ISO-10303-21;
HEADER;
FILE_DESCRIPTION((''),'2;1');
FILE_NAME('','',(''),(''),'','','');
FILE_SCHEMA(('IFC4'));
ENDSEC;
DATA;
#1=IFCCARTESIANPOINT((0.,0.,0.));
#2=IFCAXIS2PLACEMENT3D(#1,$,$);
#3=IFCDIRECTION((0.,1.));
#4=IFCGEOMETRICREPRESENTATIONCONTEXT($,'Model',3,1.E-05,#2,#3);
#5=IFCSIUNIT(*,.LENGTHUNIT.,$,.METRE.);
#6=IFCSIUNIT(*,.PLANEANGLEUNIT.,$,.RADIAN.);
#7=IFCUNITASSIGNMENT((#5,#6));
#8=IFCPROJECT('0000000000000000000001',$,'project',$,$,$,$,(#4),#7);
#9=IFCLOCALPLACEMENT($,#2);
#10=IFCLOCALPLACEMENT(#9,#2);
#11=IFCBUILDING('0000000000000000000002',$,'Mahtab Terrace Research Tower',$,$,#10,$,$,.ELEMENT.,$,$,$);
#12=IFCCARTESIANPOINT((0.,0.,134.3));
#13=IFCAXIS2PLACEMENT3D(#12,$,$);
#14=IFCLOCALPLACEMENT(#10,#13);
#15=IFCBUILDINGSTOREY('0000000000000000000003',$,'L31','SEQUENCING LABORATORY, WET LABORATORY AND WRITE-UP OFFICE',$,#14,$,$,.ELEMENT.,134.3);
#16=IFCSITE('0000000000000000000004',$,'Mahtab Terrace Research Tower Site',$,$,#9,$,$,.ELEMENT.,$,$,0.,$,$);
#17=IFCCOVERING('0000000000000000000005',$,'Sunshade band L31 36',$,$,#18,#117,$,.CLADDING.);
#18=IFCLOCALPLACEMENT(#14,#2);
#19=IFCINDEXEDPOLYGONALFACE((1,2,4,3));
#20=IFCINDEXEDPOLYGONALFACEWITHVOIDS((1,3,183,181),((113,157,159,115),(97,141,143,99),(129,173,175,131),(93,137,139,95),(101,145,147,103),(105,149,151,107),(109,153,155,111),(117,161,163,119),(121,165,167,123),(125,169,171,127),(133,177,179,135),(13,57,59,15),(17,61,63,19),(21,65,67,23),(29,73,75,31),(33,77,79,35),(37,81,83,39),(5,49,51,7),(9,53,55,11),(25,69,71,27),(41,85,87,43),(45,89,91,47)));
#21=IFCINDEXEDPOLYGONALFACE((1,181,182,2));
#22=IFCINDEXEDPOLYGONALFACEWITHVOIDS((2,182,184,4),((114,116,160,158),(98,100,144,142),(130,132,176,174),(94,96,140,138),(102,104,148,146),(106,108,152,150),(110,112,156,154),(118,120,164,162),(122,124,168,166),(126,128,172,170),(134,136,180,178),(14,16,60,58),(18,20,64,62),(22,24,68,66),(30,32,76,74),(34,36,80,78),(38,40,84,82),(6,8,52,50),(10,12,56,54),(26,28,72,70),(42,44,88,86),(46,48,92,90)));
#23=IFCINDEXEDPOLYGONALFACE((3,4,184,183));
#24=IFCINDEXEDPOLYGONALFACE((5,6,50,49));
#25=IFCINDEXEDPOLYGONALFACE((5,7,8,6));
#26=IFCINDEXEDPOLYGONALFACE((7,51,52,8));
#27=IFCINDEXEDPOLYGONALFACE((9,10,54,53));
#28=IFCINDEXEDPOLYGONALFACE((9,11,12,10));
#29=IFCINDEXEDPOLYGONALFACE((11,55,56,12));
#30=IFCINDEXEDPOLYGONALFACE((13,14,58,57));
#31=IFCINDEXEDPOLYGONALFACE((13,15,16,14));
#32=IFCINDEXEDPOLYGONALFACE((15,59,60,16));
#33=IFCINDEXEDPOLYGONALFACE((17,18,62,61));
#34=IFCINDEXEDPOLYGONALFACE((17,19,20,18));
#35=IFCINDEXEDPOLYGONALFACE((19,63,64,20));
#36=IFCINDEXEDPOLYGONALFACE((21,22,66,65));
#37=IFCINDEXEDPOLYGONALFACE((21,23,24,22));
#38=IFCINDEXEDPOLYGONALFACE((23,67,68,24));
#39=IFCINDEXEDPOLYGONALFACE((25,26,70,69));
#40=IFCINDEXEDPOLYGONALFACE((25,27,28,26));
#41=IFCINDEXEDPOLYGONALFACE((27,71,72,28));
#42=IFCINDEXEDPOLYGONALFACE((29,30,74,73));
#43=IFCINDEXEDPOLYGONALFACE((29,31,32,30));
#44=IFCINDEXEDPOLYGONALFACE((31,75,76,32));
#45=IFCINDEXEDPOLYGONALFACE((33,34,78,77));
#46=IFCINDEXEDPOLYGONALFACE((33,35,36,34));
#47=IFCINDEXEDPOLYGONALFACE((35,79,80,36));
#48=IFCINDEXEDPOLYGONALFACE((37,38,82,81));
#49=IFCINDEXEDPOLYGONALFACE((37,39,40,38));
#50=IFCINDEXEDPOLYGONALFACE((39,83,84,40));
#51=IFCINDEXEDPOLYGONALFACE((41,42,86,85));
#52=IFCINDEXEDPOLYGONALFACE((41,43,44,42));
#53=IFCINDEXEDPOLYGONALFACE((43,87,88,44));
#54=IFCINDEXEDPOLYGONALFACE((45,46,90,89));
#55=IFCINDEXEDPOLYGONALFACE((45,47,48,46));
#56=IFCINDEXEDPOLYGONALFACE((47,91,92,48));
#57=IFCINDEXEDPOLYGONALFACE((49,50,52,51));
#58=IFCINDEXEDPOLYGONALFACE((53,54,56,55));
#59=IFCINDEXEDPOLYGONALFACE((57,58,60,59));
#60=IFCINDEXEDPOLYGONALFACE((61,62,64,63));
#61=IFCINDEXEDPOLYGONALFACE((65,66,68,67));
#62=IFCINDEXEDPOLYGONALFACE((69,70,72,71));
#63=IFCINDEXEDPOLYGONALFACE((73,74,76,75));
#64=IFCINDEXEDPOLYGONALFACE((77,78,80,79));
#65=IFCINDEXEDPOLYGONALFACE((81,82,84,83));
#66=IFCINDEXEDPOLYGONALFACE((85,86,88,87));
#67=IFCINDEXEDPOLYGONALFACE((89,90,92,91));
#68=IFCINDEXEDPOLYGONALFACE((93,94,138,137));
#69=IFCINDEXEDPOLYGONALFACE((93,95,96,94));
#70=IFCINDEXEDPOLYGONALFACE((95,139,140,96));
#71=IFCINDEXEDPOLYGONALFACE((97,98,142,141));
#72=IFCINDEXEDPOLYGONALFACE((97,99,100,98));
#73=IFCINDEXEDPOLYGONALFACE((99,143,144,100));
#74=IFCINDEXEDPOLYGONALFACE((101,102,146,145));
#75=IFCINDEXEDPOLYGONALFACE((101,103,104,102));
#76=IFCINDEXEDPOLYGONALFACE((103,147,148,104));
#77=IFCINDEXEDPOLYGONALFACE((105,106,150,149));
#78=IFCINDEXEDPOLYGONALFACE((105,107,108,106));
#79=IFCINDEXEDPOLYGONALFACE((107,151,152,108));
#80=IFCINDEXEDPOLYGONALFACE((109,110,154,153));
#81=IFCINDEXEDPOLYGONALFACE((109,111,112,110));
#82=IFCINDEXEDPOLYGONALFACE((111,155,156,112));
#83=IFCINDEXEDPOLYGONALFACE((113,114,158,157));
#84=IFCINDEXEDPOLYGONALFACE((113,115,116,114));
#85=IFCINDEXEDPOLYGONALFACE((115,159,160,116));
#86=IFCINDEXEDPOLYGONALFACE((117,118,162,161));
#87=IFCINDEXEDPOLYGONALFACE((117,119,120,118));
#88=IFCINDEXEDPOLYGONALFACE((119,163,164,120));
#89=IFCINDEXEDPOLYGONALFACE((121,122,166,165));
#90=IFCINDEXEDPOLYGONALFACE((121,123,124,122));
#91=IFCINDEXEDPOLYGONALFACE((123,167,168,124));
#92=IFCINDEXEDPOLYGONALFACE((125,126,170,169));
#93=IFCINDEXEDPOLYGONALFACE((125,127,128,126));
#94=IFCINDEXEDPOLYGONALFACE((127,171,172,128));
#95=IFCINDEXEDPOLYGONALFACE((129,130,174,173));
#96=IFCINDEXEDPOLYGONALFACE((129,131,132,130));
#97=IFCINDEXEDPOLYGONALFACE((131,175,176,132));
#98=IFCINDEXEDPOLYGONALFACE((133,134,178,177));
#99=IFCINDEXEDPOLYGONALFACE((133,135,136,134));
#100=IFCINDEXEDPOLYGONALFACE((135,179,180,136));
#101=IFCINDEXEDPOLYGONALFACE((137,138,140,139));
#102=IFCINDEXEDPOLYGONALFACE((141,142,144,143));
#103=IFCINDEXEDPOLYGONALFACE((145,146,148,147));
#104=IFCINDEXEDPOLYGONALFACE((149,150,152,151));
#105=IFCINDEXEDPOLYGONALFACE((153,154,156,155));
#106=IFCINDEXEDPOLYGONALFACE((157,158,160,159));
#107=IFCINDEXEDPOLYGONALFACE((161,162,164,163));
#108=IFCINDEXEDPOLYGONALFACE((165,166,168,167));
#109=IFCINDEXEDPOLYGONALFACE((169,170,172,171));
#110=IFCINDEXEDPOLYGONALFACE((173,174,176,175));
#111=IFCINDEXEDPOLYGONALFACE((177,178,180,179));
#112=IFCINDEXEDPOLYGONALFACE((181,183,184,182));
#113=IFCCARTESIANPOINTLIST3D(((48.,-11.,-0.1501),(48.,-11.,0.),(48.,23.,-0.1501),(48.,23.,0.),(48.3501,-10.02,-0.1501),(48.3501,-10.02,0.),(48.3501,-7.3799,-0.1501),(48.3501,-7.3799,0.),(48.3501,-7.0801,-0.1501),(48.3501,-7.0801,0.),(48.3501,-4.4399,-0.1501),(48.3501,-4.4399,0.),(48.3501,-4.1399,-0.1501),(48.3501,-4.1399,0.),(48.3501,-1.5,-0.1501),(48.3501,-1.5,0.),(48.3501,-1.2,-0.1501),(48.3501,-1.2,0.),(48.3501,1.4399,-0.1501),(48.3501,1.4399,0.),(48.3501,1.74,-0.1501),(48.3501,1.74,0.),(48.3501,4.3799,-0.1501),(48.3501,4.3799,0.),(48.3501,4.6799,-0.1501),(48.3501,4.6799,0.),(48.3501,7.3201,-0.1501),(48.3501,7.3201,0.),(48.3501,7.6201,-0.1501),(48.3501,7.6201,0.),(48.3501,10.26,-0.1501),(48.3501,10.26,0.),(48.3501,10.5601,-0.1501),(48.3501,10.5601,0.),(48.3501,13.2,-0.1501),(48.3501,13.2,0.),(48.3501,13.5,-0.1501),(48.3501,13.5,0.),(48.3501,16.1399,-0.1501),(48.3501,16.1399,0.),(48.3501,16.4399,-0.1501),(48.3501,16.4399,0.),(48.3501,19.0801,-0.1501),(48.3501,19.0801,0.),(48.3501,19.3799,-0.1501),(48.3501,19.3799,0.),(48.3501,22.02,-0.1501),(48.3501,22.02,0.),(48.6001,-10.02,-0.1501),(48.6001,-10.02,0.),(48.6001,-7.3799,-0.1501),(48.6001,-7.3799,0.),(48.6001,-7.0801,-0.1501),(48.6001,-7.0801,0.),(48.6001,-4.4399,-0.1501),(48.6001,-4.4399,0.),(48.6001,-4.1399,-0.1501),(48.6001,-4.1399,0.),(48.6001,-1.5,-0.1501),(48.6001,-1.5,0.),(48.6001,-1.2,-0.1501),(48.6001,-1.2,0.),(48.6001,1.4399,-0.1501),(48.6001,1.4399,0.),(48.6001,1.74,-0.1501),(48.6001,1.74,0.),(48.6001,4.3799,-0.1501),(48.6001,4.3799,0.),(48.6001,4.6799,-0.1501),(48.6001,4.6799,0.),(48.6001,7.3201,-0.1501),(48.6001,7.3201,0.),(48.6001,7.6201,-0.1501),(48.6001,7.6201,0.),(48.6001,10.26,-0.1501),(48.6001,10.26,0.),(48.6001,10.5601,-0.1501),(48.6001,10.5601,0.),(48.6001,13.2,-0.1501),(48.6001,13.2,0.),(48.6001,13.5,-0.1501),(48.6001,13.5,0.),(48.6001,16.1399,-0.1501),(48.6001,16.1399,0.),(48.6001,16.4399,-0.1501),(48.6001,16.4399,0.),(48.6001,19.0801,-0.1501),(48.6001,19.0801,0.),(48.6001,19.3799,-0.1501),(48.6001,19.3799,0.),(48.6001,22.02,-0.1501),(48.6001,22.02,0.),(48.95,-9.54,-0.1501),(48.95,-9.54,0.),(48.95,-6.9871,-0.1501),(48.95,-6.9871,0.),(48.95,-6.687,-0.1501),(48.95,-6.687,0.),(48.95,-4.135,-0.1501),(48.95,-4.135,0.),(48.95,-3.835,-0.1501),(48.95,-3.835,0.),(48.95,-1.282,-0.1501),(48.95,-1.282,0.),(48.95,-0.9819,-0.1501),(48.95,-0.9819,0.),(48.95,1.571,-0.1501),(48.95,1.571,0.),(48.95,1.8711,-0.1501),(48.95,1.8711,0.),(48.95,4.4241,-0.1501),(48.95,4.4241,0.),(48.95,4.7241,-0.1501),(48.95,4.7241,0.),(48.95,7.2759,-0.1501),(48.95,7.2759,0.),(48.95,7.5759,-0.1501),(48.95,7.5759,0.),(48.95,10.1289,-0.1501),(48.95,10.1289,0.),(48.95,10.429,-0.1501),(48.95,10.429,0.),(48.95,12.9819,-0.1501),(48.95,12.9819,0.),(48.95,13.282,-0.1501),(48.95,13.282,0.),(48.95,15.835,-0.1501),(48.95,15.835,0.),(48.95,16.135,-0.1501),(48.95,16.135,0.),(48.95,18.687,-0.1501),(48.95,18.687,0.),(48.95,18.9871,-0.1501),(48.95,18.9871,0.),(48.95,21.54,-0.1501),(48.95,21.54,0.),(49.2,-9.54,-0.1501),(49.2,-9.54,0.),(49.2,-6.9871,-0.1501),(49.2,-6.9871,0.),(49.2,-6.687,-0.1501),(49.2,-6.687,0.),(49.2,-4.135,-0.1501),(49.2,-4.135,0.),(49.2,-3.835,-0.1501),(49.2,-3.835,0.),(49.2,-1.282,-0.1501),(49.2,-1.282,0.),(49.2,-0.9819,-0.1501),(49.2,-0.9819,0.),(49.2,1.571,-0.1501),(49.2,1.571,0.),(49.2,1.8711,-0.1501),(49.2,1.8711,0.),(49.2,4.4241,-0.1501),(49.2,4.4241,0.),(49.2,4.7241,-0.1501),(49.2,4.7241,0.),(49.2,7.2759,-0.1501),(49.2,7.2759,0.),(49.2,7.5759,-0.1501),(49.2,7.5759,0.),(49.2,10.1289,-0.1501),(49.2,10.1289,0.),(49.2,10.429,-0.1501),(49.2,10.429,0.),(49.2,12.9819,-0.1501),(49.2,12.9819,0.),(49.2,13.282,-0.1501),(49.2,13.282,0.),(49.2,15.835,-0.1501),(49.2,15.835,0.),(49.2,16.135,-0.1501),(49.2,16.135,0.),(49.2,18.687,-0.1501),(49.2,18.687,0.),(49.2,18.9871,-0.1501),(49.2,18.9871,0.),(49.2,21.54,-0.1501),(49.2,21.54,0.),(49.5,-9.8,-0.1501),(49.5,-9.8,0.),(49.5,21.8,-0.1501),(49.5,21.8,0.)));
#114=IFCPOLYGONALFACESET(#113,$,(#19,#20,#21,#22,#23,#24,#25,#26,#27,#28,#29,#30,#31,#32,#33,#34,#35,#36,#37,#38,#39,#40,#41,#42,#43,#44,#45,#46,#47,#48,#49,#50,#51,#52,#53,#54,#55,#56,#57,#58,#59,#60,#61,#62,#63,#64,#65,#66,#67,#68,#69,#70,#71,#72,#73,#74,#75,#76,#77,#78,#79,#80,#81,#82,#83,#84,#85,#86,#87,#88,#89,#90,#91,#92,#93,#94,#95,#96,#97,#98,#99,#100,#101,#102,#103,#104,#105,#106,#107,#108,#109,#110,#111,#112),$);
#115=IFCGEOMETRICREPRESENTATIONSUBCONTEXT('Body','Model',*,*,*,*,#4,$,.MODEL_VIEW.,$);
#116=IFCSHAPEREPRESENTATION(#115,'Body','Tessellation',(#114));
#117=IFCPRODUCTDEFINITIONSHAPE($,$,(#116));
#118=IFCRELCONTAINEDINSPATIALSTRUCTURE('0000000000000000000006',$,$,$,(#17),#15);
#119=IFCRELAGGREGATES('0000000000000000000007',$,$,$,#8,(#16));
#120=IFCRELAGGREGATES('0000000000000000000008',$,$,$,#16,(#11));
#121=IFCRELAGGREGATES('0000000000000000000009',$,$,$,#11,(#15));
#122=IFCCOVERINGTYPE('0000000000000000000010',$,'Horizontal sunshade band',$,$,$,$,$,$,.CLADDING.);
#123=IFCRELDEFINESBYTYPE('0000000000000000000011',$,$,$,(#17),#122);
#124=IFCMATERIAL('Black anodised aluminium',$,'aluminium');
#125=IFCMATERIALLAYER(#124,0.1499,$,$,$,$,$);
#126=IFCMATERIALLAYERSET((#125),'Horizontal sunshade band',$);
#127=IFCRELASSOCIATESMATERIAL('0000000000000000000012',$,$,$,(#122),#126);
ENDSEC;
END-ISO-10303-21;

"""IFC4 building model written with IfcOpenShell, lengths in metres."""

from ifc_helpers import new_model, si_unit, direction, frame, origin, place, context, subcontext, project, spatial, polyline, outline, extrude, material, layer, layer_set, type_object, element, save


model = new_model("IFC4")

# Units and contexts
model_context = context("Model", 3, precision=1e-05, world=origin(), true_north=direction((0.0, 1.0)))
body_context = subcontext(model_context, "Body", "Model", "MODEL_VIEW")
ifc_project = project(units=[si_unit("LENGTHUNIT", "METRE"), si_unit("PLANEANGLEUNIT", "RADIAN")], contexts=[model_context])

# Site, building, storey
site_placement = place(None, origin())
site = spatial("IfcSite", under=ifc_project, at=site_placement, Name="Mahtab Terrace Research Tower Site", CompositionType="ELEMENT", RefElevation=0.0)
building_placement = place(site_placement, origin())
building = spatial("IfcBuilding", under=site, at=building_placement, Name="Mahtab Terrace Research Tower", CompositionType="ELEMENT")
storey_placement = place(building_placement, frame((0.0, 0.0, 134.3)))
storey = spatial("IfcBuildingStorey", under=building, at=storey_placement, Name="L31", Description="SEQUENCING LABORATORY, WET LABORATORY AND WRITE-UP OFFICE", CompositionType="ELEMENT", Elevation=134.3)

# Covering
ifc_material_1 = material(Name="Black anodised aluminium", Category="aluminium")
ifc_layer_1 = layer(ifc_material_1, 0.1499)
ifc_layer_set_1 = layer_set([ifc_layer_1], Name="Horizontal sunshade band")
covering_type = type_object("IfcCoveringType", Name="Horizontal sunshade band", PredefinedType="CLADDING", material=ifc_layer_set_1)
covering_1_placement = place(storey_placement, frame((0.0, 0.0, -0.1501)))
element("IfcCovering", 1, at=covering_1_placement, inside=storey, type_object=covering_type, Name="Sunshade band L31 36", PredefinedType="CLADDING", context=body_context, shape_type="SweptSolid", body=[
    extrude(outline(polyline([(48.0, -11.0), (48.0, 23.0), (49.5, 21.8), (49.5, -9.8), (48.0, -11.0)]), holes=[polyline([(48.3501, -10.02), (48.3501, -7.3799), (48.6001, -7.3799), (48.6001, -10.02), (48.3501, -10.02)]), polyline([(48.3501, -7.0801), (48.3501, -4.4399), (48.6001, -4.4399), (48.6001, -7.0801), (48.3501, -7.0801)]), polyline([(48.3501, -4.1399), (48.3501, -1.5), (48.6001, -1.5), (48.6001, -4.1399), (48.3501, -4.1399)]), polyline([(48.3501, -1.2), (48.3501, 1.4399), (48.6001, 1.4399), (48.6001, -1.2), (48.3501, -1.2)]), polyline([(48.3501, 1.74), (48.3501, 4.3799), (48.6001, 4.3799), (48.6001, 1.74), (48.3501, 1.74)]), polyline([(48.3501, 4.6799), (48.3501, 7.3201), (48.6001, 7.3201), (48.6001, 4.6799), (48.3501, 4.6799)]), polyline([(48.3501, 7.6201), (48.3501, 10.26), (48.6001, 10.26), (48.6001, 7.6201), (48.3501, 7.6201)]), polyline([(48.3501, 10.5601), (48.3501, 13.2), (48.6001, 13.2), (48.6001, 10.5601), (48.3501, 10.5601)]), polyline([(48.3501, 13.5), (48.3501, 16.1399), (48.6001, 16.1399), (48.6001, 13.5), (48.3501, 13.5)]), polyline([(48.3501, 16.4399), (48.3501, 19.0801), (48.6001, 19.0801), (48.6001, 16.4399), (48.3501, 16.4399)]), polyline([(48.3501, 19.3799), (48.3501, 22.02), (48.6001, 22.02), (48.6001, 19.3799), (48.3501, 19.3799)]), polyline([(48.95, -9.54), (48.95, -6.9871), (49.2, -6.9871), (49.2, -9.54), (48.95, -9.54)]), polyline([(48.95, -6.687), (48.95, -4.135), (49.2, -4.135), (49.2, -6.687), (48.95, -6.687)]), polyline([(48.95, -3.835), (48.95, -1.282), (49.2, -1.282), (49.2, -3.835), (48.95, -3.835)]), polyline([(48.95, -0.9819), (48.95, 1.571), (49.2, 1.571), (49.2, -0.9819), (48.95, -0.9819)]), polyline([(48.95, 1.8711), (48.95, 4.4241), (49.2, 4.4241), (49.2, 1.8711), (48.95, 1.8711)]), polyline([(48.95, 4.7241), (48.95, 7.2759), (49.2, 7.2759), (49.2, 4.7241), (48.95, 4.7241)]), polyline([(48.95, 7.5759), (48.95, 10.1289), (49.2, 10.1289), (49.2, 7.5759), (48.95, 7.5759)]), polyline([(48.95, 10.429), (48.95, 12.9819), (49.2, 12.9819), (49.2, 10.429), (48.95, 10.429)]), polyline([(48.95, 13.282), (48.95, 15.835), (49.2, 15.835), (49.2, 13.282), (48.95, 13.282)]), polyline([(48.95, 16.135), (48.95, 18.687), (49.2, 18.687), (49.2, 16.135), (48.95, 16.135)]), polyline([(48.95, 18.9871), (48.95, 21.54), (49.2, 21.54), (49.2, 18.9871), (48.95, 18.9871)])]), origin(), (0.0, 0.0, 1.0), 0.1501),
])

save(model, "model.ifc")
